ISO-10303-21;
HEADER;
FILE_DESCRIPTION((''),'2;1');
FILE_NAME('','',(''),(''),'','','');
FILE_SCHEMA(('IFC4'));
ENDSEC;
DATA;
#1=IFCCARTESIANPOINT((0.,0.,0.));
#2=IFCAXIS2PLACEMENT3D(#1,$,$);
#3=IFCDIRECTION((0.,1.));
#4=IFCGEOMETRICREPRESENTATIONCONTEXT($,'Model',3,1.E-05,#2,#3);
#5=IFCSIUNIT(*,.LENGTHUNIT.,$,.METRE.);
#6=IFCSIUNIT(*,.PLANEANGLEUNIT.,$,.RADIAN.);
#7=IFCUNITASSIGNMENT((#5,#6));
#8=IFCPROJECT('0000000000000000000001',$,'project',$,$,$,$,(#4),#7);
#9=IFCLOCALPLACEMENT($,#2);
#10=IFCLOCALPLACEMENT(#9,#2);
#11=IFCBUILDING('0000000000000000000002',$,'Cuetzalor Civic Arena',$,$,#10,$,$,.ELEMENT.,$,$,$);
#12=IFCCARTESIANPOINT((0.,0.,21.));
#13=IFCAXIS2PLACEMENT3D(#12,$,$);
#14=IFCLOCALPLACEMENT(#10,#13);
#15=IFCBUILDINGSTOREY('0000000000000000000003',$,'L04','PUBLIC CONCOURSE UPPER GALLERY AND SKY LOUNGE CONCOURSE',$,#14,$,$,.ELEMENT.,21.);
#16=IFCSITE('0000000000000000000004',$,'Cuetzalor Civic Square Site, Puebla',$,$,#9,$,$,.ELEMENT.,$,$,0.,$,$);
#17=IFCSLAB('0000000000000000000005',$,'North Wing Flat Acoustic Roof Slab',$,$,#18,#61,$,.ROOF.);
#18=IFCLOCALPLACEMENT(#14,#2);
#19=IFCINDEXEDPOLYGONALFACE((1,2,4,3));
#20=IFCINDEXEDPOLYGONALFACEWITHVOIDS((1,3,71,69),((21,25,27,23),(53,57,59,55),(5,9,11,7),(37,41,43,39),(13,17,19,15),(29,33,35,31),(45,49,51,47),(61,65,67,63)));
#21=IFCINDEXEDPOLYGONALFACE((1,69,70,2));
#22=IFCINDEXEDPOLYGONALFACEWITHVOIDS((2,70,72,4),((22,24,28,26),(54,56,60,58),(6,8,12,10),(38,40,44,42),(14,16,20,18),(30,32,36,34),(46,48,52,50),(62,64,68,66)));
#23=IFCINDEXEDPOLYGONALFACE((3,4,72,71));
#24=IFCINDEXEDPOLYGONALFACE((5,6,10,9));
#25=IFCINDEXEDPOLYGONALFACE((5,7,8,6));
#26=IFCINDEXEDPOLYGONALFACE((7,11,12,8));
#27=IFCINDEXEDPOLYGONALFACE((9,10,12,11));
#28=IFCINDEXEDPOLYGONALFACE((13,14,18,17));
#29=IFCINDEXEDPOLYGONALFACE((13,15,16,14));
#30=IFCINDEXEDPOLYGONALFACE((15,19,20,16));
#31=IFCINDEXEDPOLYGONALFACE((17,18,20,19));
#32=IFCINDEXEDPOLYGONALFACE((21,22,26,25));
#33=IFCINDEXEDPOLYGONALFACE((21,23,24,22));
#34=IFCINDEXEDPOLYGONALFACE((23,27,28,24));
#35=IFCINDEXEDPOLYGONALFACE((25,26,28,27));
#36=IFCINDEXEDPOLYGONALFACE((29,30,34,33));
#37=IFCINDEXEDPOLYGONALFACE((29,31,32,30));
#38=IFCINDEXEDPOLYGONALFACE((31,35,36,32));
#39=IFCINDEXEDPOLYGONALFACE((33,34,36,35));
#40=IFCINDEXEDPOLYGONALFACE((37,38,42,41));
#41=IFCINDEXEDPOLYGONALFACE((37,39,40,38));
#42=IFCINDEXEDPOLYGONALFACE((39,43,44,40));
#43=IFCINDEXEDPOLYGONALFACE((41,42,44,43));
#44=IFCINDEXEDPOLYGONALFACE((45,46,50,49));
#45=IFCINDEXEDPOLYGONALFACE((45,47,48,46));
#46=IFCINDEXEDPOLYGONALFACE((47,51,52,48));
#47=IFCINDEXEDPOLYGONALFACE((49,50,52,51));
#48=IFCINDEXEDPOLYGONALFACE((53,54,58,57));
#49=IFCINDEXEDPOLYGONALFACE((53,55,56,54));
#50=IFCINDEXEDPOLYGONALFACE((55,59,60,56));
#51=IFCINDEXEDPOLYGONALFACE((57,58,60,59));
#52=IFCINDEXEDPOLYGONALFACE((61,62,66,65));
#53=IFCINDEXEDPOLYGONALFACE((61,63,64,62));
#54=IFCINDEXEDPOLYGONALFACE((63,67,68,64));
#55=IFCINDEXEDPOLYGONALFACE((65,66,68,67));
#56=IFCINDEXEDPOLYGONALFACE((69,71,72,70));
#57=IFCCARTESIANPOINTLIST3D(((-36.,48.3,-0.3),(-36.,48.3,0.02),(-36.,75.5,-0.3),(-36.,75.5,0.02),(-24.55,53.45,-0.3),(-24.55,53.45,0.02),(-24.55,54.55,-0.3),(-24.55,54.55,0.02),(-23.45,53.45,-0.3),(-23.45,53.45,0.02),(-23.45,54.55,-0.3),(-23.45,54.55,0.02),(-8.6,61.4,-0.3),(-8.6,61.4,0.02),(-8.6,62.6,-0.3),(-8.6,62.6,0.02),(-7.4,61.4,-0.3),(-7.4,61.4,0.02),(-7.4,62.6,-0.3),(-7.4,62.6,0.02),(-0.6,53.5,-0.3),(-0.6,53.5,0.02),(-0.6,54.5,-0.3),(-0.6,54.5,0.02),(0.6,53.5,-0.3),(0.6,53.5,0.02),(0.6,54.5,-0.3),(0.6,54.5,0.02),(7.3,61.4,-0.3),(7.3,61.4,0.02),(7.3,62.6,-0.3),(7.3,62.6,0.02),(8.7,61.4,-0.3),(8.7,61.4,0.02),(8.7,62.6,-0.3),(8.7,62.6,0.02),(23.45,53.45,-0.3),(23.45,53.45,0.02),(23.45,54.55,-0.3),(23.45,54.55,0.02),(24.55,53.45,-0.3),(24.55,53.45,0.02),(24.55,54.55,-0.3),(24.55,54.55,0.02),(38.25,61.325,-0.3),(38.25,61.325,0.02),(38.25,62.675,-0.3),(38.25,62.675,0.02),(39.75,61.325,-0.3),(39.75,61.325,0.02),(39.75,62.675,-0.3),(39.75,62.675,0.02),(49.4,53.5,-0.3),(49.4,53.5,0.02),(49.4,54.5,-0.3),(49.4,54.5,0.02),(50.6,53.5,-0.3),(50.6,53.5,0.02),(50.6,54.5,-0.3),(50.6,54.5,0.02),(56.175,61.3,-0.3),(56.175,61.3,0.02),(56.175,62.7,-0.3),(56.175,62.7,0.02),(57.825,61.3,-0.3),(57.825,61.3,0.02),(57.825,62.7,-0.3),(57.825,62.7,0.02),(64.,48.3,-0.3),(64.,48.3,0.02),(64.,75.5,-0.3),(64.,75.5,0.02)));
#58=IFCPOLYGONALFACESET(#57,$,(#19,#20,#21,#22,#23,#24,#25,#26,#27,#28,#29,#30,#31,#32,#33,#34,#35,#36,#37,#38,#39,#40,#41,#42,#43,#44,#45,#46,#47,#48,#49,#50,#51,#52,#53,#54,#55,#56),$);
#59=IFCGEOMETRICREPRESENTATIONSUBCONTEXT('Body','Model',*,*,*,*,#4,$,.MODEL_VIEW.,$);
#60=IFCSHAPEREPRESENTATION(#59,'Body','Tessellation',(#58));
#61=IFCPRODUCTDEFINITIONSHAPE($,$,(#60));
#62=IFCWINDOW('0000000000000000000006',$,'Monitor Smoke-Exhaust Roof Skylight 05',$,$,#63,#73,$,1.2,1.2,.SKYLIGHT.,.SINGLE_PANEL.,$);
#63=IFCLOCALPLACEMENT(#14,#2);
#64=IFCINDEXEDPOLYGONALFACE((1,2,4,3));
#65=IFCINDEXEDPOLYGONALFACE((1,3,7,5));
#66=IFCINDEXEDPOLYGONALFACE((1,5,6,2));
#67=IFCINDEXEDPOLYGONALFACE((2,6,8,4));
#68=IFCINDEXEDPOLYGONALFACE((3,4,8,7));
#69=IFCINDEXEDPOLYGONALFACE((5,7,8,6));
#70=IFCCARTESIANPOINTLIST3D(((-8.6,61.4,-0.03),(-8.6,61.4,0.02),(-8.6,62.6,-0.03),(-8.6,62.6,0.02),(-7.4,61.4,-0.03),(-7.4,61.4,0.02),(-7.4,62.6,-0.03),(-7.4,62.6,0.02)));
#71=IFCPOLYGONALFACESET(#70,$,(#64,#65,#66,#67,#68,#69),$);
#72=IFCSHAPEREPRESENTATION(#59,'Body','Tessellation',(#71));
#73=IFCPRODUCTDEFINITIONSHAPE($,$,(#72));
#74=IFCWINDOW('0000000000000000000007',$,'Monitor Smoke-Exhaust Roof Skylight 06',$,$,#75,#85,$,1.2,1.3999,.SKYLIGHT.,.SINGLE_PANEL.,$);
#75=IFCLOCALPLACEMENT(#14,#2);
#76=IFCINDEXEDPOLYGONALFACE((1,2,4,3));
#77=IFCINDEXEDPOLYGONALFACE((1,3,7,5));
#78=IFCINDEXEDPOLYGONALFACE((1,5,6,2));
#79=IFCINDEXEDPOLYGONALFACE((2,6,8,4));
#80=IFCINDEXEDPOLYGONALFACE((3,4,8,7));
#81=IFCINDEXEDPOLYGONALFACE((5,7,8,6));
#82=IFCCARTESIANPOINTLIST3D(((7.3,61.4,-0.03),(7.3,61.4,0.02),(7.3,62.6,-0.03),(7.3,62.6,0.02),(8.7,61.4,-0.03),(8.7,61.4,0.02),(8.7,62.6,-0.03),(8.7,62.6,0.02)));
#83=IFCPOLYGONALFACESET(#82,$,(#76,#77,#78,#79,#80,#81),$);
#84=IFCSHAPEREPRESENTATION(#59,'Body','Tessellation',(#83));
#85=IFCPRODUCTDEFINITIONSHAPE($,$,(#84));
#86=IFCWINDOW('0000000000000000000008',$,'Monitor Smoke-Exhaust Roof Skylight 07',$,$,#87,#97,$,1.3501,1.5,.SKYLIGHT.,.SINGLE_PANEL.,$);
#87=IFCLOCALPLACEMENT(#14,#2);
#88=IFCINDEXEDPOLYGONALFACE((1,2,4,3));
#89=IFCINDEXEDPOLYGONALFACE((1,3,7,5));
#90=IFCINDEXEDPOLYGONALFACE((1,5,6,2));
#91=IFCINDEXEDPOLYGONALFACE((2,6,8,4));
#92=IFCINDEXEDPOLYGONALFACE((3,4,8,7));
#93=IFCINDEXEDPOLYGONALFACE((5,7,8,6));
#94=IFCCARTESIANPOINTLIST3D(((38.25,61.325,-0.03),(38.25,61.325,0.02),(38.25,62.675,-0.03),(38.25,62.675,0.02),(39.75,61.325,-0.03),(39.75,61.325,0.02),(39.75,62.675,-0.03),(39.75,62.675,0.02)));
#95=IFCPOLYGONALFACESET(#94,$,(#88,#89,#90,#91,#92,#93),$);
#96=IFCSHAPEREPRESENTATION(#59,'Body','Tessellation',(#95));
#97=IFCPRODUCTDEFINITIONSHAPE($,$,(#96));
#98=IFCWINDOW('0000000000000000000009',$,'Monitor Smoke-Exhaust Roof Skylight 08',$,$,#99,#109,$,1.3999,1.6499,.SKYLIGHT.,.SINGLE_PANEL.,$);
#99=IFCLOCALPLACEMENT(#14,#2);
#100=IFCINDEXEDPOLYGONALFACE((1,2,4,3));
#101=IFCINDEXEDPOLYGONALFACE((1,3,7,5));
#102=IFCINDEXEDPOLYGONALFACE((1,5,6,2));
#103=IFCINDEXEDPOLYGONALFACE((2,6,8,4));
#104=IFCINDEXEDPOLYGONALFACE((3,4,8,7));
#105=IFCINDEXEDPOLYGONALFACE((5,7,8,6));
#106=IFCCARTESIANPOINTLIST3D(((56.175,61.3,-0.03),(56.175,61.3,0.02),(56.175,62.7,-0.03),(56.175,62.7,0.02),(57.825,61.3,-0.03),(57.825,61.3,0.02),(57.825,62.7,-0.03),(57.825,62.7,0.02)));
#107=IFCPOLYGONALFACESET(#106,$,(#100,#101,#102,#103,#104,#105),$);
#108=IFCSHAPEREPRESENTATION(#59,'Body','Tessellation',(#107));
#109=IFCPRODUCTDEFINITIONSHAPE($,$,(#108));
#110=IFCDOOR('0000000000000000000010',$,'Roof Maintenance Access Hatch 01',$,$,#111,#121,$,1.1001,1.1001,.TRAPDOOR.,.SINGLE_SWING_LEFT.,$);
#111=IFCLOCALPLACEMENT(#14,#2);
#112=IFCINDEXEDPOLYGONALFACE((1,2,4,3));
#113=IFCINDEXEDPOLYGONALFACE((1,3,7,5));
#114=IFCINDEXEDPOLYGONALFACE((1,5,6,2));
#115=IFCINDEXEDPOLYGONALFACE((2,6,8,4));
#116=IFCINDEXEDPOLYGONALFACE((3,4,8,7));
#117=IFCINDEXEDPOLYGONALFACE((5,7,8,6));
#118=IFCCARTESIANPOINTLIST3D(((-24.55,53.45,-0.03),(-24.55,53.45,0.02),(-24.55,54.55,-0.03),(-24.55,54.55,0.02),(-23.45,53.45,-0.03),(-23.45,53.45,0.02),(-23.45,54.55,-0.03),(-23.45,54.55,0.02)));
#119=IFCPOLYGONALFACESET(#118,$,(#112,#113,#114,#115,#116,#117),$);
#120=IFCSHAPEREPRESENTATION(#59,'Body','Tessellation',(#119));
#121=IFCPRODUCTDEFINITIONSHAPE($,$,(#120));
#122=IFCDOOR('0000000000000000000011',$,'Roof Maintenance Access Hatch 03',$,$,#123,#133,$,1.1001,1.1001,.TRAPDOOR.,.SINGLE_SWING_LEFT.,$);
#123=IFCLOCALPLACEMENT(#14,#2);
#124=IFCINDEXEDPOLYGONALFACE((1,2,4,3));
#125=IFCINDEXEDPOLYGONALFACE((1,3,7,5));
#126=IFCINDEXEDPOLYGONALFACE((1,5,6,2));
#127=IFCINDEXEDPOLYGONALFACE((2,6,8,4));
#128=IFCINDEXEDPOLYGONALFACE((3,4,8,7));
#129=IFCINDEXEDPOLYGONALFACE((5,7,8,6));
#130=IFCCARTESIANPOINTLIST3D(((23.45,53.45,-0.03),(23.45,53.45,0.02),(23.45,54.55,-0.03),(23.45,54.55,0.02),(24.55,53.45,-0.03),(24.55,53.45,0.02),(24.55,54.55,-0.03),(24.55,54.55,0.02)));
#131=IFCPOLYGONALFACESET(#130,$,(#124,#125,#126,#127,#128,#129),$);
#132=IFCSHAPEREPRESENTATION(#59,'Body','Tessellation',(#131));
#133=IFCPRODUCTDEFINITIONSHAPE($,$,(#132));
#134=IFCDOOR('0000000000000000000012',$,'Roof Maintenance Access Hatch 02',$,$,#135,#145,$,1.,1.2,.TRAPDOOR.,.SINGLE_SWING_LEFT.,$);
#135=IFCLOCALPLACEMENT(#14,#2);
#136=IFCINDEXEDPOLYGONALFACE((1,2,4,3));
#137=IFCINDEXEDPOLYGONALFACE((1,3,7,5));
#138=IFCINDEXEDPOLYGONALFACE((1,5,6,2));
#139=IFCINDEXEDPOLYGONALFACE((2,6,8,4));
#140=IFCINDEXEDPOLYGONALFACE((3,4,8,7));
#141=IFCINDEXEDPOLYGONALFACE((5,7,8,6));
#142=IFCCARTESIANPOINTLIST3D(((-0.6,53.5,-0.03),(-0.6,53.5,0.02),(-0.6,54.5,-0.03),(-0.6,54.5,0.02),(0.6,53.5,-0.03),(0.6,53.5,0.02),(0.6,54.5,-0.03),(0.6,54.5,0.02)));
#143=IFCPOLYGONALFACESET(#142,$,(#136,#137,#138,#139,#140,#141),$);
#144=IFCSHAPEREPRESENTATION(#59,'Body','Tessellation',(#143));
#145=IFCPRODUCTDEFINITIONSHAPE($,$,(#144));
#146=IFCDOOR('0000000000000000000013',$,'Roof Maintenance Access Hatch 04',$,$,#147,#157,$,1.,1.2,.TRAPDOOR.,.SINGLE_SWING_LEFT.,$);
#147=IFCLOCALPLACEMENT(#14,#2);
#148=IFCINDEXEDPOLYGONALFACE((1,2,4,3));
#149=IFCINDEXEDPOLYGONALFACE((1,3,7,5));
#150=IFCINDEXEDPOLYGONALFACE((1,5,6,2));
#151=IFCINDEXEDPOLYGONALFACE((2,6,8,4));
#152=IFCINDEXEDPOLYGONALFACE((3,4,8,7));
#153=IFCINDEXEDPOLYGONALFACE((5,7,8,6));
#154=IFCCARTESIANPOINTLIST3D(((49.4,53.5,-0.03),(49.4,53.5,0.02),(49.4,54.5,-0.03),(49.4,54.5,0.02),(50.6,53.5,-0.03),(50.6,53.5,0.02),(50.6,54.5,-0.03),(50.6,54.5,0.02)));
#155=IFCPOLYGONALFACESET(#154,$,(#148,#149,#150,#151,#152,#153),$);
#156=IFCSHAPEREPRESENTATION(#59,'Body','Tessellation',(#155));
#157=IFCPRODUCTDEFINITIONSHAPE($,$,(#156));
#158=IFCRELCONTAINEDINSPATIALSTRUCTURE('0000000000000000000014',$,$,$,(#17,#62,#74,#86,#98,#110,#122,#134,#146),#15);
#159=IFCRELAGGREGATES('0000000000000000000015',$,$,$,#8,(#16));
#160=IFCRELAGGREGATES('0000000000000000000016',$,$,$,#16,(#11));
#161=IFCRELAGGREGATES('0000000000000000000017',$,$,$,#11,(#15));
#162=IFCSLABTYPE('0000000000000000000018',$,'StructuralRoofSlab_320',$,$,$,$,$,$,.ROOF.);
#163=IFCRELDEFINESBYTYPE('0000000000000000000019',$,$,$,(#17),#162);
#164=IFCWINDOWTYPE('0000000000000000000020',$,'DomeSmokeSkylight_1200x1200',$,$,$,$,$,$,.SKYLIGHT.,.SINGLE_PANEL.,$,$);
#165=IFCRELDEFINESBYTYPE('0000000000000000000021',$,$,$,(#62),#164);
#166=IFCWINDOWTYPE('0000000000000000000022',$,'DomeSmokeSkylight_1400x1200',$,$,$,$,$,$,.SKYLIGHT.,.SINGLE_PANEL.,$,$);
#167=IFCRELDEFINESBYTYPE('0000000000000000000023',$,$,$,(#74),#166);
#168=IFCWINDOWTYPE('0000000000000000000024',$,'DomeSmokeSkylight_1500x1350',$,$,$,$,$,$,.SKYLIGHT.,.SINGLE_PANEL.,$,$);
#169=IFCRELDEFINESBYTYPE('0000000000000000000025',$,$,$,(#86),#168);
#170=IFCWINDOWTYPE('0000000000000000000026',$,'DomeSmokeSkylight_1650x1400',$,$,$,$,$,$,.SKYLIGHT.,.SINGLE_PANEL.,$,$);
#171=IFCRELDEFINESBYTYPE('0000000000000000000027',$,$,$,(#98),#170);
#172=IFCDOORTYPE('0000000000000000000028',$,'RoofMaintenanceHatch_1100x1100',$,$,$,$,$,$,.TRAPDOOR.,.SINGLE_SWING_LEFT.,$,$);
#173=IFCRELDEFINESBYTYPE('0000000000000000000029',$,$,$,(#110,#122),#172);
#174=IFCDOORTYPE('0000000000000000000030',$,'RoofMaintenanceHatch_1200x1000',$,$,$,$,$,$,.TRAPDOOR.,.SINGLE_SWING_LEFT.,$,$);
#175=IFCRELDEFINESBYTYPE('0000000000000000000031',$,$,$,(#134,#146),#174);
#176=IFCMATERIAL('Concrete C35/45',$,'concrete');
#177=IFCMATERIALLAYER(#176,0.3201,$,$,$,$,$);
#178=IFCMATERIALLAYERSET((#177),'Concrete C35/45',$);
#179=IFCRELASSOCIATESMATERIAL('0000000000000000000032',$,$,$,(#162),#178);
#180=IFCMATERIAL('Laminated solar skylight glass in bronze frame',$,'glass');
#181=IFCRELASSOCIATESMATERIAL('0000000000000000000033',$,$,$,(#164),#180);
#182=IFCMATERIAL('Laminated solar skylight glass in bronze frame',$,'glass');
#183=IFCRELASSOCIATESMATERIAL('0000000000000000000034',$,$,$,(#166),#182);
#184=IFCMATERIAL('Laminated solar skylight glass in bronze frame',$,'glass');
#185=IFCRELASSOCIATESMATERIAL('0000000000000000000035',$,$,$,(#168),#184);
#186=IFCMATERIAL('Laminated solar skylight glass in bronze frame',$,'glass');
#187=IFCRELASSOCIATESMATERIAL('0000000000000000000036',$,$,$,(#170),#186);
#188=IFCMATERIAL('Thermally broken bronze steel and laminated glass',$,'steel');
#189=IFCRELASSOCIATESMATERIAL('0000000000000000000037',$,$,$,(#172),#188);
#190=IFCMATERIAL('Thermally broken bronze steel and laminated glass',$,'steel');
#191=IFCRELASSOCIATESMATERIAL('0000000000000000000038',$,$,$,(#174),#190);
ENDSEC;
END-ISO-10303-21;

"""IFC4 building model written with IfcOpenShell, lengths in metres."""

from ifc_helpers import new_model, si_unit, direction, frame, origin, origin_2d, place, context, subcontext, project, spatial, polyline, rectangle, outline, extrude, material, layer, layer_set, type_object, element, fill, save


model = new_model("IFC4")

# Units and contexts
model_context = context("Model", 3, precision=1e-05, world=origin(), true_north=direction((0.0, 1.0)))
body_context = subcontext(model_context, "Body", "Model", "MODEL_VIEW")
ifc_project = project(units=[si_unit("LENGTHUNIT", "METRE"), si_unit("PLANEANGLEUNIT", "RADIAN")], contexts=[model_context])

# Site, building, storey
site_placement = place(None, origin())
site = spatial("IfcSite", under=ifc_project, at=site_placement, Name="Cuetzalor Civic Square Site, Puebla", CompositionType="ELEMENT", RefElevation=0.0)
building_placement = place(site_placement, origin())
building = spatial("IfcBuilding", under=site, at=building_placement, Name="Cuetzalor Civic Arena", CompositionType="ELEMENT")
storey_placement = place(building_placement, frame((0.0, 0.0, 21.0)))
storey = spatial("IfcBuildingStorey", under=building, at=storey_placement, Name="L04", Description="PUBLIC CONCOURSE UPPER GALLERY AND SKY LOUNGE CONCOURSE", CompositionType="ELEMENT", Elevation=21.0)

# Slab, openings, windows, doors
ifc_material_1 = material(Name="Concrete C35/45", Category="concrete")
ifc_layer_1 = layer(ifc_material_1, 0.3201)
ifc_layer_set_1 = layer_set([ifc_layer_1], Name="Concrete C35/45")
slab_type_1 = type_object("IfcSlabType", Name="StructuralRoofSlab_320", PredefinedType="ROOF", material=ifc_layer_set_1)
slab_1_placement = place(storey_placement, frame((0.0, 0.0, -0.3)))
slab_1 = element("IfcSlab", 1, at=slab_1_placement, inside=storey, type_object=slab_type_1, Name="North Wing Flat Acoustic Roof Slab", PredefinedType="ROOF", context=body_context, shape_type="SweptSolid", body=[
    extrude(outline(polyline([(-36.0, 48.3), (64.0, 48.3), (64.0, 75.5), (-36.0, 75.5), (-36.0, 48.3)])), origin(), (0.0, 0.0, 1.0), 0.3201),
])
opening_1_placement = place(slab_1_placement, frame((-8.0, 62.0, 0.0)))
opening_1 = element("IfcOpeningElement", 2, at=opening_1_placement, cuts=slab_1, PredefinedType="OPENING", context=body_context, shape_type="SweptSolid", body=[
    extrude(rectangle(XDim=1.2, YDim=1.2, at=origin_2d()), origin(), (0.0, 0.0, 1.0), 0.3201),
])
opening_2_placement = place(slab_1_placement, frame((8.0, 62.0, 0.0)))
opening_2 = element("IfcOpeningElement", 3, at=opening_2_placement, cuts=slab_1, PredefinedType="OPENING", context=body_context, shape_type="SweptSolid", body=[
    extrude(rectangle(XDim=1.3999, YDim=1.2, at=origin_2d()), origin(), (0.0, 0.0, 1.0), 0.3201),
])
opening_3_placement = place(slab_1_placement, frame((39.0, 62.0, 0.0)))
opening_3 = element("IfcOpeningElement", 4, at=opening_3_placement, cuts=slab_1, PredefinedType="OPENING", context=body_context, shape_type="SweptSolid", body=[
    extrude(rectangle(XDim=1.5, YDim=1.3501, at=origin_2d()), origin(), (0.0, 0.0, 1.0), 0.3201),
])
opening_4_placement = place(slab_1_placement, frame((57.0, 62.0, 0.0)))
opening_4 = element("IfcOpeningElement", 5, at=opening_4_placement, cuts=slab_1, PredefinedType="OPENING", context=body_context, shape_type="SweptSolid", body=[
    extrude(rectangle(XDim=1.6499, YDim=1.3999, at=origin_2d()), origin(), (0.0, 0.0, 1.0), 0.3201),
])
opening_5_placement = place(slab_1_placement, frame((-24.0, 54.0, 0.0)))
opening_5 = element("IfcOpeningElement", 6, at=opening_5_placement, cuts=slab_1, PredefinedType="OPENING", context=body_context, shape_type="SweptSolid", body=[
    extrude(rectangle(XDim=1.1001, YDim=1.1001, at=origin_2d()), origin(), (0.0, 0.0, 1.0), 0.3201),
])
opening_6_placement = place(slab_1_placement, frame((0.0, 54.0, 0.0)))
opening_6 = element("IfcOpeningElement", 7, at=opening_6_placement, cuts=slab_1, PredefinedType="OPENING", context=body_context, shape_type="SweptSolid", body=[
    extrude(rectangle(XDim=1.2, YDim=1.0, at=origin_2d()), origin(), (0.0, 0.0, 1.0), 0.3201),
])
opening_7_placement = place(slab_1_placement, frame((24.0, 54.0, 0.0)))
opening_7 = element("IfcOpeningElement", 8, at=opening_7_placement, cuts=slab_1, PredefinedType="OPENING", context=body_context, shape_type="SweptSolid", body=[
    extrude(rectangle(XDim=1.1001, YDim=1.1001, at=origin_2d()), origin(), (0.0, 0.0, 1.0), 0.3201),
])
opening_8_placement = place(slab_1_placement, frame((50.0, 54.0, 0.0)))
opening_8 = element("IfcOpeningElement", 9, at=opening_8_placement, cuts=slab_1, PredefinedType="OPENING", context=body_context, shape_type="SweptSolid", body=[
    extrude(rectangle(XDim=1.2, YDim=1.0, at=origin_2d()), origin(), (0.0, 0.0, 1.0), 0.3201),
])
ifc_material_2 = material(Name="Laminated solar skylight glass in bronze frame", Category="glass")
window_type_1 = type_object("IfcWindowType", Name="DomeSmokeSkylight_1200x1200", PartitioningType="SINGLE_PANEL", PredefinedType="SKYLIGHT", material=ifc_material_2)
window_1_placement = place(opening_1_placement, frame((0.0, 0.0, 0.27)))
window_1 = element("IfcWindow", 10, at=window_1_placement, inside=storey, type_object=window_type_1, Name="Monitor Smoke-Exhaust Roof Skylight 05", OverallHeight=1.2, OverallWidth=1.2, PartitioningType="SINGLE_PANEL", PredefinedType="SKYLIGHT", context=body_context, shape_type="SweptSolid", body=[
    extrude(rectangle(XDim=1.2, YDim=1.2, at=origin_2d()), origin(), (0.0, 0.0, 1.0), 0.05),
])
fill(opening_1, window_1)
ifc_material_3 = material(Name="Laminated solar skylight glass in bronze frame", Category="glass")
window_type_2 = type_object("IfcWindowType", Name="DomeSmokeSkylight_1400x1200", PartitioningType="SINGLE_PANEL", PredefinedType="SKYLIGHT", material=ifc_material_3)
window_2_placement = place(opening_2_placement, frame((0.0, 0.0, 0.27)))
window_2 = element("IfcWindow", 11, at=window_2_placement, inside=storey, type_object=window_type_2, Name="Monitor Smoke-Exhaust Roof Skylight 06", OverallHeight=1.2, OverallWidth=1.3999, PartitioningType="SINGLE_PANEL", PredefinedType="SKYLIGHT", context=body_context, shape_type="SweptSolid", body=[
    extrude(rectangle(XDim=1.3999, YDim=1.2, at=origin_2d()), origin(), (0.0, 0.0, 1.0), 0.05),
])
fill(opening_2, window_2)
ifc_material_4 = material(Name="Laminated solar skylight glass in bronze frame", Category="glass")
window_type_3 = type_object("IfcWindowType", Name="DomeSmokeSkylight_1500x1350", PartitioningType="SINGLE_PANEL", PredefinedType="SKYLIGHT", material=ifc_material_4)
window_3_placement = place(opening_3_placement, frame((0.0, 0.0, 0.27)))
window_3 = element("IfcWindow", 12, at=window_3_placement, inside=storey, type_object=window_type_3, Name="Monitor Smoke-Exhaust Roof Skylight 07", OverallHeight=1.3501, OverallWidth=1.5, PartitioningType="SINGLE_PANEL", PredefinedType="SKYLIGHT", context=body_context, shape_type="SweptSolid", body=[
    extrude(rectangle(XDim=1.5, YDim=1.3501, at=origin_2d()), origin(), (0.0, 0.0, 1.0), 0.05),
])
fill(opening_3, window_3)
ifc_material_5 = material(Name="Laminated solar skylight glass in bronze frame", Category="glass")
window_type_4 = type_object("IfcWindowType", Name="DomeSmokeSkylight_1650x1400", PartitioningType="SINGLE_PANEL", PredefinedType="SKYLIGHT", material=ifc_material_5)
window_4_placement = place(opening_4_placement, frame((0.0, 0.0, 0.27)))
window_4 = element("IfcWindow", 13, at=window_4_placement, inside=storey, type_object=window_type_4, Name="Monitor Smoke-Exhaust Roof Skylight 08", OverallHeight=1.3999, OverallWidth=1.6499, PartitioningType="SINGLE_PANEL", PredefinedType="SKYLIGHT", context=body_context, shape_type="SweptSolid", body=[
    extrude(rectangle(XDim=1.6499, YDim=1.3999, at=origin_2d()), origin(), (0.0, 0.0, 1.0), 0.05),
])
fill(opening_4, window_4)
ifc_material_6 = material(Name="Thermally broken bronze steel and laminated glass", Category="steel")
door_type_1 = type_object("IfcDoorType", Name="RoofMaintenanceHatch_1100x1100", OperationType="SINGLE_SWING_LEFT", PredefinedType="TRAPDOOR", material=ifc_material_6)
door_1_placement = place(opening_5_placement, frame((0.0, 0.0, 0.27)))
door_1 = element("IfcDoor", 14, at=door_1_placement, inside=storey, type_object=door_type_1, Name="Roof Maintenance Access Hatch 01", OperationType="SINGLE_SWING_LEFT", OverallHeight=1.1001, OverallWidth=1.1001, PredefinedType="TRAPDOOR", context=body_context, shape_type="SweptSolid", body=[
    extrude(rectangle(XDim=1.1001, YDim=1.1001, at=origin_2d()), origin(), (0.0, 0.0, 1.0), 0.05),
])
fill(opening_5, door_1)
door_2_placement = place(opening_7_placement, frame((0.0, 0.0, 0.27)))
door_2 = element("IfcDoor", 15, at=door_2_placement, inside=storey, type_object=door_type_1, Name="Roof Maintenance Access Hatch 03", OperationType="SINGLE_SWING_LEFT", OverallHeight=1.1001, OverallWidth=1.1001, PredefinedType="TRAPDOOR", context=body_context, shape_type="SweptSolid", body=[
    extrude(rectangle(XDim=1.1001, YDim=1.1001, at=origin_2d()), origin(), (0.0, 0.0, 1.0), 0.05),
])
fill(opening_7, door_2)
ifc_material_7 = material(Name="Thermally broken bronze steel and laminated glass", Category="steel")
door_type_2 = type_object("IfcDoorType", Name="RoofMaintenanceHatch_1200x1000", OperationType="SINGLE_SWING_LEFT", PredefinedType="TRAPDOOR", material=ifc_material_7)
door_3_placement = place(opening_6_placement, frame((0.0, 0.0, 0.27)))
door_3 = element("IfcDoor", 16, at=door_3_placement, inside=storey, type_object=door_type_2, Name="Roof Maintenance Access Hatch 02", OperationType="SINGLE_SWING_LEFT", OverallHeight=1.0, OverallWidth=1.2, PredefinedType="TRAPDOOR", context=body_context, shape_type="SweptSolid", body=[
    extrude(rectangle(XDim=1.2, YDim=1.0, at=origin_2d()), origin(), (0.0, 0.0, 1.0), 0.05),
])
fill(opening_6, door_3)
door_4_placement = place(opening_8_placement, frame((0.0, 0.0, 0.27)))
door_4 = element("IfcDoor", 17, at=door_4_placement, inside=storey, type_object=door_type_2, Name="Roof Maintenance Access Hatch 04", OperationType="SINGLE_SWING_LEFT", OverallHeight=1.0, OverallWidth=1.2, PredefinedType="TRAPDOOR", context=body_context, shape_type="SweptSolid", body=[
    extrude(rectangle(XDim=1.2, YDim=1.0, at=origin_2d()), origin(), (0.0, 0.0, 1.0), 0.05),
])
fill(opening_8, door_4)

save(model, "model.ifc")
